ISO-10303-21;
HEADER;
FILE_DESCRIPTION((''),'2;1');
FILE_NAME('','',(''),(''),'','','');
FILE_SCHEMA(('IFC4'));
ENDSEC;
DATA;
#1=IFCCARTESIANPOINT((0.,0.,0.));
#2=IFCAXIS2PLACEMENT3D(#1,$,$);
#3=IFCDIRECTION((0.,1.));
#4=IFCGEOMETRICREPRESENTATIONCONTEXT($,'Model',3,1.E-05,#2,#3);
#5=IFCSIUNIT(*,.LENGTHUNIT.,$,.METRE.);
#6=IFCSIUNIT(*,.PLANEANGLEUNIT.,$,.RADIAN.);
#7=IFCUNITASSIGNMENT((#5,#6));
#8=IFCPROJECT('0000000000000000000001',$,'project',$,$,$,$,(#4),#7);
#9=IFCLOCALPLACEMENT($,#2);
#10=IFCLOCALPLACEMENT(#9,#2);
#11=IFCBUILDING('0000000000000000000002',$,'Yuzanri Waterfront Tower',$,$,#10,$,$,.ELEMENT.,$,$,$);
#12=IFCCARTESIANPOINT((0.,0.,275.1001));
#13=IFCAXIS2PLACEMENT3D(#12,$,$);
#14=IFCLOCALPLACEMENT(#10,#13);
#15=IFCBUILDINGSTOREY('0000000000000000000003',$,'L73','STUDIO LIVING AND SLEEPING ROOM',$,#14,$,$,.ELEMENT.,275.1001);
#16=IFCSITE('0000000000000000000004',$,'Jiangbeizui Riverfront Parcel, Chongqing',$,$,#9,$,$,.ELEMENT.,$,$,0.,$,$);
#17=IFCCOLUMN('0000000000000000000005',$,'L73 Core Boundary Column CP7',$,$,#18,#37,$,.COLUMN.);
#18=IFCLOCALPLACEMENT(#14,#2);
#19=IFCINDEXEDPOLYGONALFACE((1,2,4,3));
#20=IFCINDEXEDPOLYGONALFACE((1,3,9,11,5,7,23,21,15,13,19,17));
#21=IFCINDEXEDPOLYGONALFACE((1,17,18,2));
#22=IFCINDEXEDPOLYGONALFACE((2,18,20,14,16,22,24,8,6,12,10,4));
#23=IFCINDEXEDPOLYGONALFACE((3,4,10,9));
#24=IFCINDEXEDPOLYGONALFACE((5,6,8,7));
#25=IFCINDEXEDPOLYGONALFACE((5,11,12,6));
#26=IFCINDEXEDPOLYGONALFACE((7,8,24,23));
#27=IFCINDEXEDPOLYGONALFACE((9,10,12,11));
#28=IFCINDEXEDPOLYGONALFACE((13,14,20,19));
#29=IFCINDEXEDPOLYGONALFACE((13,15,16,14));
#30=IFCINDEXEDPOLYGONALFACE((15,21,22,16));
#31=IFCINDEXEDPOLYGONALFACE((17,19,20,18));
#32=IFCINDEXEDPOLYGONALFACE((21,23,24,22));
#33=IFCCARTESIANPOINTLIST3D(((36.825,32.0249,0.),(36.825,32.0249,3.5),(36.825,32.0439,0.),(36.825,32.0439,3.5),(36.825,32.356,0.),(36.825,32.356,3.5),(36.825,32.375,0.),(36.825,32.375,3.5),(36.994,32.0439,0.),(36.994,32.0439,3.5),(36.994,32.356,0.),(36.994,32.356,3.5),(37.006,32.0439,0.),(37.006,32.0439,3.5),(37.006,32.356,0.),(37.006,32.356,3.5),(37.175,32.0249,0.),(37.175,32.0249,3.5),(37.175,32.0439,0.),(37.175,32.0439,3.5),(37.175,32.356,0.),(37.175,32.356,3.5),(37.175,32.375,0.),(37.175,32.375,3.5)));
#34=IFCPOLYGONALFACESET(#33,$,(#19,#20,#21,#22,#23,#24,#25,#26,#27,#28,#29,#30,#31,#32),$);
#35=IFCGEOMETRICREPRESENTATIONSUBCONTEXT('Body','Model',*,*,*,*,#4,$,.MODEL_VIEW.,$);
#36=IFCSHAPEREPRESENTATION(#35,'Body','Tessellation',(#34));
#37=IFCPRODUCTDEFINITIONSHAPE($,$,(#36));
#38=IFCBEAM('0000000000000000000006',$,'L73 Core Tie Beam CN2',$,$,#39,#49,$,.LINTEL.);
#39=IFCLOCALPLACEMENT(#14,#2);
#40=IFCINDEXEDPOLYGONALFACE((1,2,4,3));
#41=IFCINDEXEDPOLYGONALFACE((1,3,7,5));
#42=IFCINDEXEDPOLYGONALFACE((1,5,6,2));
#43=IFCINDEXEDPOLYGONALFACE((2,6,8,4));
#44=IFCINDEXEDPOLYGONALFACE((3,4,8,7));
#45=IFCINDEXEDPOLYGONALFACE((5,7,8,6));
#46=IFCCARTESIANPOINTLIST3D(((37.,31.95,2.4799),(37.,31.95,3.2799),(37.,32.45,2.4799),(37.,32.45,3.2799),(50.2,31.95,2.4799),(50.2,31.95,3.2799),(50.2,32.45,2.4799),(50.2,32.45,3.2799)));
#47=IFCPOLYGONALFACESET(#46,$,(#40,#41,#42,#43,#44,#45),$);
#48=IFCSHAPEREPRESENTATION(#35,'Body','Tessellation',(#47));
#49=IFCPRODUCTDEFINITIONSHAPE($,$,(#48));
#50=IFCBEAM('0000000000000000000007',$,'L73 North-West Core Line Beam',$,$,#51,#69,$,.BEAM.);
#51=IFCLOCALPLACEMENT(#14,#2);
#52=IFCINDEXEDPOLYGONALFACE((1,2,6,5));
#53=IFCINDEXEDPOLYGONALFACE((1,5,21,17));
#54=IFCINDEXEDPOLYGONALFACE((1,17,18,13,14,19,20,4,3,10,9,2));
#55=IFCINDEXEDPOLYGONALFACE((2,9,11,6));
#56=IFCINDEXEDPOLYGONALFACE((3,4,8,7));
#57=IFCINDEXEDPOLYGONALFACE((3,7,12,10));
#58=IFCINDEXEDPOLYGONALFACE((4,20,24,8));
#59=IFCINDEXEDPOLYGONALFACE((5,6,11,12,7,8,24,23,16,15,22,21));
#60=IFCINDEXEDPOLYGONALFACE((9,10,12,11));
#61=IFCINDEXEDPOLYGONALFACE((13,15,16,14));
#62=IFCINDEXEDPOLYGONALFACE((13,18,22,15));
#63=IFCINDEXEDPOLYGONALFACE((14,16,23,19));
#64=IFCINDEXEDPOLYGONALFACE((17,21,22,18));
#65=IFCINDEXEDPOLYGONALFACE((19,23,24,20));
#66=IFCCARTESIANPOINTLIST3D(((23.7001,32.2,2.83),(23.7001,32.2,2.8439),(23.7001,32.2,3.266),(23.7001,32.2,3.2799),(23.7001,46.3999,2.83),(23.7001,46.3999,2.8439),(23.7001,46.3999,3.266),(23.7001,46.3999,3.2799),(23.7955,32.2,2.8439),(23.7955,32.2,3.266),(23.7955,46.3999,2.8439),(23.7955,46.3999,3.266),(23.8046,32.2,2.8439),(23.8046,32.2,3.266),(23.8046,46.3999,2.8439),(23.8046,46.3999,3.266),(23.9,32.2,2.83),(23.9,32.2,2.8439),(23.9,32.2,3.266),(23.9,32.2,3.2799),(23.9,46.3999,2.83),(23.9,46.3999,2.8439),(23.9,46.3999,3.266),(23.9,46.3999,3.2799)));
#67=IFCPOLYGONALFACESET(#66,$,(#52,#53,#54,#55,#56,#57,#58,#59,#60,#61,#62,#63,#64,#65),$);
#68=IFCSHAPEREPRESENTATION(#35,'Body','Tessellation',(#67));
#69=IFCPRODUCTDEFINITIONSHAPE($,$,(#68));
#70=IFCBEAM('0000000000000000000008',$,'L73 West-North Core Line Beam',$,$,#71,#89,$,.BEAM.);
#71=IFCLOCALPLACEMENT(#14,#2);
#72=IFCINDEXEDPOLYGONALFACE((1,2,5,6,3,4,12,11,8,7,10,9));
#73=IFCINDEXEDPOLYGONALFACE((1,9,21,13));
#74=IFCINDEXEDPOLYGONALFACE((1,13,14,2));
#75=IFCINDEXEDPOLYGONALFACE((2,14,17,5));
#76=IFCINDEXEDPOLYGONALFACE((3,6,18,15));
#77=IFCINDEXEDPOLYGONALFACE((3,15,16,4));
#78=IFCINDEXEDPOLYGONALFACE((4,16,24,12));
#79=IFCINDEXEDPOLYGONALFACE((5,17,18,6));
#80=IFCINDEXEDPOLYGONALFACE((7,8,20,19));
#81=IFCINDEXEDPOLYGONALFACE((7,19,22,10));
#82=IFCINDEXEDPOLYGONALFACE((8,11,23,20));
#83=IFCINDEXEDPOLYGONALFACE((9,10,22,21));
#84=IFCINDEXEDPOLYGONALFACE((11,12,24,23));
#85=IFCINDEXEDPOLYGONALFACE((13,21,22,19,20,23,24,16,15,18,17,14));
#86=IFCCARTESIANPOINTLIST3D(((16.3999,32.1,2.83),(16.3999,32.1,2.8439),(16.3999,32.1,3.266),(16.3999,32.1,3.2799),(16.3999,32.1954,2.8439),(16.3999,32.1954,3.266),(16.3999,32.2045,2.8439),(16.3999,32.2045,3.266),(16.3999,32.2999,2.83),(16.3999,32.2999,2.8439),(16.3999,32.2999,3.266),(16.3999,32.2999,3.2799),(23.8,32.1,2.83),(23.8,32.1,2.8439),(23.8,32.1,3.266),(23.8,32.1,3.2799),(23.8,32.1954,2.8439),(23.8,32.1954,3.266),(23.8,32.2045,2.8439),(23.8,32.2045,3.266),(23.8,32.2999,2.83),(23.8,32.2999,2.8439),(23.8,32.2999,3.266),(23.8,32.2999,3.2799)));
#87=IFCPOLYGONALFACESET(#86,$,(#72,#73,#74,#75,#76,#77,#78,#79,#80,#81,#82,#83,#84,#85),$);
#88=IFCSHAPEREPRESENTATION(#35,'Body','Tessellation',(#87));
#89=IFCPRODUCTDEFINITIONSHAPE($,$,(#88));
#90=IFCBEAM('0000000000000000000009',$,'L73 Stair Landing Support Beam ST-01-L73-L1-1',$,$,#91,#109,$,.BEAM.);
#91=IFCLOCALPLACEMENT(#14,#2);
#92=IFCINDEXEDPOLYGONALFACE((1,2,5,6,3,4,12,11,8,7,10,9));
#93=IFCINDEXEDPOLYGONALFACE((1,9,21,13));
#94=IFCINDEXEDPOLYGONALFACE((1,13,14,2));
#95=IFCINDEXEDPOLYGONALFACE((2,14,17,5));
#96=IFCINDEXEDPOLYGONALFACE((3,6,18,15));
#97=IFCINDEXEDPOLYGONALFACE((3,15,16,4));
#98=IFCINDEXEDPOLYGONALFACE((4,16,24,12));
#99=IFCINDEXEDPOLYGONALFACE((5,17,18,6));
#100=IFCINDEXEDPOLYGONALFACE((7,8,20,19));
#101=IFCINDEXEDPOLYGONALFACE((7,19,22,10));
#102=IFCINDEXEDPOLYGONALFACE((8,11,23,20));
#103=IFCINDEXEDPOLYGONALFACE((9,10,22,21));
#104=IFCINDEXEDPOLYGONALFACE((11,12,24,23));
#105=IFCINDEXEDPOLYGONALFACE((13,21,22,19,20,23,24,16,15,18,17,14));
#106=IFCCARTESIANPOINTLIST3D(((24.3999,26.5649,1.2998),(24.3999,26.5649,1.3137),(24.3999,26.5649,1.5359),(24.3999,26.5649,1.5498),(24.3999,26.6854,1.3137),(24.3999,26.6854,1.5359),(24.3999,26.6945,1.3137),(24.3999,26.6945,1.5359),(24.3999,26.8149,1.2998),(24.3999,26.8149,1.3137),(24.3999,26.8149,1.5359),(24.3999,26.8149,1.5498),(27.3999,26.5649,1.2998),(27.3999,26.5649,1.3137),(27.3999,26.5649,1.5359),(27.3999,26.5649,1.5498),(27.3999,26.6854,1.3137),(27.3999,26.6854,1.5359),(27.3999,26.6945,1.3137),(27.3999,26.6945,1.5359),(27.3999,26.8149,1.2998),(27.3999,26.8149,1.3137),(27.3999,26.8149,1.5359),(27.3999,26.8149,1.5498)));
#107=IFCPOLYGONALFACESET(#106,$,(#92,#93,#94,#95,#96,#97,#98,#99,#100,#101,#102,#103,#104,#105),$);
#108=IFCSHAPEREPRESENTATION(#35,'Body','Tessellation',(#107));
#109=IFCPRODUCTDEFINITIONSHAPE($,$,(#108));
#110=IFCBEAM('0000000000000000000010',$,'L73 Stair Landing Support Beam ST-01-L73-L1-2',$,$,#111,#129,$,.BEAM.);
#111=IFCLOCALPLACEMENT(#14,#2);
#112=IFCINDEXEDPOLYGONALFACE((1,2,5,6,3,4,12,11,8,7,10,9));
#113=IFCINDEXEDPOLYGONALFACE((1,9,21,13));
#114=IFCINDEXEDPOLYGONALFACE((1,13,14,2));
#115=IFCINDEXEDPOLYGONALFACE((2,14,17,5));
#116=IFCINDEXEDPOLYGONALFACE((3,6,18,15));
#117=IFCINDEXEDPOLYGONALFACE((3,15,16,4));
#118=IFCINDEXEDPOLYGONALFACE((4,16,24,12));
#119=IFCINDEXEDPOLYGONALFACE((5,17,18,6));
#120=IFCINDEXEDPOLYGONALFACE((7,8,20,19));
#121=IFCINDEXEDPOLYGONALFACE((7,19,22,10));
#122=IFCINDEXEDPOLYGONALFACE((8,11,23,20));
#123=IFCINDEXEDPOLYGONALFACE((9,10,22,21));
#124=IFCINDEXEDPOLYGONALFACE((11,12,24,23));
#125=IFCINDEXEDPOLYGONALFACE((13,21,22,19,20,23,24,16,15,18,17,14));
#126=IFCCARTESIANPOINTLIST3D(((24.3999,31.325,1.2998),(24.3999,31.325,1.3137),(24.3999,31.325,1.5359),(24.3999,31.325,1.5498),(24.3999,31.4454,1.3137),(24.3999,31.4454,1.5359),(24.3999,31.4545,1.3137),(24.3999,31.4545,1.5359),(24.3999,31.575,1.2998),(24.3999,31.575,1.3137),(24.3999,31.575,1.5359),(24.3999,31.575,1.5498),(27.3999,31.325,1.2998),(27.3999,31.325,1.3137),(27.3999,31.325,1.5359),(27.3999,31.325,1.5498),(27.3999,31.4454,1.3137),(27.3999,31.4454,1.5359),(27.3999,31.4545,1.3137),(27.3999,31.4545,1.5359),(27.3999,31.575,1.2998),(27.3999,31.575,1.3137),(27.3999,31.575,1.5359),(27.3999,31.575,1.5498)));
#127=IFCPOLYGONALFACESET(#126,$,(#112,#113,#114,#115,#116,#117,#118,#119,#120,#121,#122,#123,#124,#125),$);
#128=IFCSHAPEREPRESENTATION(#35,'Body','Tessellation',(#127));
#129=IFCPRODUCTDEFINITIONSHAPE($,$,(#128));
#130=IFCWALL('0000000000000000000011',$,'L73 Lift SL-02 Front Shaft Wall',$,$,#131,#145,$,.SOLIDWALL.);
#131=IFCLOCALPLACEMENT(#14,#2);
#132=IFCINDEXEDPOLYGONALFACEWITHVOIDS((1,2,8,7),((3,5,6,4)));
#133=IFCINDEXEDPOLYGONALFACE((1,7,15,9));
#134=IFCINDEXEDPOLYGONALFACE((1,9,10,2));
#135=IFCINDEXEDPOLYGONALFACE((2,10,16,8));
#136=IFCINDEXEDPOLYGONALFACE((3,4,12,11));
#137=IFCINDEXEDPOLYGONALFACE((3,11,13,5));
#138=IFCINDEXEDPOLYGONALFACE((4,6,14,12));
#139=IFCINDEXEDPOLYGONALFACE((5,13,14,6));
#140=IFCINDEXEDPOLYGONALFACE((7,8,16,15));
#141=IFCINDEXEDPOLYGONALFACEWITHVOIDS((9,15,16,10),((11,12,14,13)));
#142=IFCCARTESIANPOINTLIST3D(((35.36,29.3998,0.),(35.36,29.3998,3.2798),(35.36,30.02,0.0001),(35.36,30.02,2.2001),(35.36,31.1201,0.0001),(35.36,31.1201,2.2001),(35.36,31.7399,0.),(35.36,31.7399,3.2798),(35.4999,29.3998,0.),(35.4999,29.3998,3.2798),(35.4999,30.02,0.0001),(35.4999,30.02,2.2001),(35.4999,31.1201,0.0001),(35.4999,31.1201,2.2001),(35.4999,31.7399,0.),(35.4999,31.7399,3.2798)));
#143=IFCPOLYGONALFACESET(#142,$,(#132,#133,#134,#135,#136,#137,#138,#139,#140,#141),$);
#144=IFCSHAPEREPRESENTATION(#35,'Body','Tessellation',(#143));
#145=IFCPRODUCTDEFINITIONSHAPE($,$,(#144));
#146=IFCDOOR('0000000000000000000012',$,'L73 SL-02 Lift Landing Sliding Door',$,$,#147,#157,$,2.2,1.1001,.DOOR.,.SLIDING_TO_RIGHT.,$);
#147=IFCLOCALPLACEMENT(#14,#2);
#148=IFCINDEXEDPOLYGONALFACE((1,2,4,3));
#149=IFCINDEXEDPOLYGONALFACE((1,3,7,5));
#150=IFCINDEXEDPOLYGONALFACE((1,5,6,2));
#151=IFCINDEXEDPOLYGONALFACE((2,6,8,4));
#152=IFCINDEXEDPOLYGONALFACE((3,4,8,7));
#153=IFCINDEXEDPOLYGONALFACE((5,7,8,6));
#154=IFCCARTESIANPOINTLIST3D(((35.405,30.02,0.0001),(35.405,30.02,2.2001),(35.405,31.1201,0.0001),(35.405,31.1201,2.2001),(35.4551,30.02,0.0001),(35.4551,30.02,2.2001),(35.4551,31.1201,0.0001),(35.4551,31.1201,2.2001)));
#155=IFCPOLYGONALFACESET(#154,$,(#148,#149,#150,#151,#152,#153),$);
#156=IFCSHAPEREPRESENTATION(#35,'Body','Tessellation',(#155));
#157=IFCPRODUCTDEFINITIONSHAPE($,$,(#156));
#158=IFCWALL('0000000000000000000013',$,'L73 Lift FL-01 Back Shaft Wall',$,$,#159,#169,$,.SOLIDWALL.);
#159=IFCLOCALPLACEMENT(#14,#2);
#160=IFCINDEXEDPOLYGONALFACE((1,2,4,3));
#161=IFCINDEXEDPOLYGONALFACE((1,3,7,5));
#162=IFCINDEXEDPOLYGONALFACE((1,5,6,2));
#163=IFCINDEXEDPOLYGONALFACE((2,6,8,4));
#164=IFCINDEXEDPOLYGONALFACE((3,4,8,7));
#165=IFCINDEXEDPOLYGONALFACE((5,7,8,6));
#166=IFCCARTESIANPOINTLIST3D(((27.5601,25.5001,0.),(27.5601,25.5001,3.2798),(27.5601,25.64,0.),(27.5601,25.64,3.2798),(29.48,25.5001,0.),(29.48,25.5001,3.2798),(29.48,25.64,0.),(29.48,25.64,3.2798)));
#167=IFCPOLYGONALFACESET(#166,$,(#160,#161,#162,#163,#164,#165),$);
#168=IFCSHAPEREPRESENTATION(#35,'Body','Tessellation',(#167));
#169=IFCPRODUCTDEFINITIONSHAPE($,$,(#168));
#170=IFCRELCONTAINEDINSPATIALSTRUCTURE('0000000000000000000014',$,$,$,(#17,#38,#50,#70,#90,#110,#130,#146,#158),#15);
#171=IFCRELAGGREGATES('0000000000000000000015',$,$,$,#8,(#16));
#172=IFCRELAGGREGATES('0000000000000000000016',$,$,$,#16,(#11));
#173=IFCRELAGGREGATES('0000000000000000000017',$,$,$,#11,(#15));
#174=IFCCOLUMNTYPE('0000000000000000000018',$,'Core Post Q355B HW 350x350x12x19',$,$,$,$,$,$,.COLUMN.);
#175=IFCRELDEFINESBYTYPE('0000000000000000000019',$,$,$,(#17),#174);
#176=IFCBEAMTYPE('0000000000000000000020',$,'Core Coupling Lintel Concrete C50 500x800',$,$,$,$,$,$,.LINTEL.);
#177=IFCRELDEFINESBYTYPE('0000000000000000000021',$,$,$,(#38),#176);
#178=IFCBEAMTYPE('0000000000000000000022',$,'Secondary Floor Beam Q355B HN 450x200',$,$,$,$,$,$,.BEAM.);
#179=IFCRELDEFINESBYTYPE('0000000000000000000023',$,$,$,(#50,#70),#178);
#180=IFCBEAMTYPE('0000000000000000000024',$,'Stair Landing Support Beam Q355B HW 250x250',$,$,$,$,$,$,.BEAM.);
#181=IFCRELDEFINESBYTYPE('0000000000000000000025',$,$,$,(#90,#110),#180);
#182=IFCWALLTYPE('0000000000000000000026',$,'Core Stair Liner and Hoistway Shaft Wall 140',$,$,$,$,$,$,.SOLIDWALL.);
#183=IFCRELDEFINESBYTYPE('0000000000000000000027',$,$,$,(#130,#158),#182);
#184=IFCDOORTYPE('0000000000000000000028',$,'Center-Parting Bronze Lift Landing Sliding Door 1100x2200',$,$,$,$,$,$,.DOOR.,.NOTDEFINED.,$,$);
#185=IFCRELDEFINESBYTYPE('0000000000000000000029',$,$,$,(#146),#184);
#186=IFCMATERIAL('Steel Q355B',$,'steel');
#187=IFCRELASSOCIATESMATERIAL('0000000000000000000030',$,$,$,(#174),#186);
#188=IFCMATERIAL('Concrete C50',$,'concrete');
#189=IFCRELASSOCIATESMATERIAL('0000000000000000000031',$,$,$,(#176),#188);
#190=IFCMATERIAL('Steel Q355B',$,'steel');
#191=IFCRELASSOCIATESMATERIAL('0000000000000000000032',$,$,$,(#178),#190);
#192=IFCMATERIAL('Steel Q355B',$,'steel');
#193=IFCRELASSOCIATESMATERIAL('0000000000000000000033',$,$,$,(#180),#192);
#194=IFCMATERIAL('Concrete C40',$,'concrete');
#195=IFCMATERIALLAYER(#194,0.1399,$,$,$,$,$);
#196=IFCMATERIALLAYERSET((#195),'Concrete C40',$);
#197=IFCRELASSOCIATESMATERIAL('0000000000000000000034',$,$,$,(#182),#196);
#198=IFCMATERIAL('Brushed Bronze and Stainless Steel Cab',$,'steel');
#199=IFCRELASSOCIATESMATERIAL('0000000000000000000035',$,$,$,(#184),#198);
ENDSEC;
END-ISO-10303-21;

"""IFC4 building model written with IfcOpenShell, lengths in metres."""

from ifc_helpers import new_model, si_unit, direction, frame, frame_2d, origin, origin_2d, place, context, subcontext, project, spatial, rectangle, i_section, extrude, source, transform, mapped, material, layer, layer_set, material_profile, profile_set, type_object, element, fill, save


model = new_model("IFC4")

# Units and contexts
model_context = context("Model", 3, precision=1e-05, world=origin(), true_north=direction((0.0, 1.0)))
body_context = subcontext(model_context, "Body", "Model", "MODEL_VIEW")
ifc_project = project(units=[si_unit("LENGTHUNIT", "METRE"), si_unit("PLANEANGLEUNIT", "RADIAN")], contexts=[model_context])

# Site, building, storey
site_placement = place(None, origin())
site = spatial("IfcSite", under=ifc_project, at=site_placement, Name="Jiangbeizui Riverfront Parcel, Chongqing", CompositionType="ELEMENT", RefElevation=0.0)
building_placement = place(site_placement, origin())
building = spatial("IfcBuilding", under=site, at=building_placement, Name="Yuzanri Waterfront Tower", CompositionType="ELEMENT")
storey_placement = place(building_placement, frame((0.0, 0.0, 275.1001)))
storey = spatial("IfcBuildingStorey", under=building, at=storey_placement, Name="L73", Description="STUDIO LIVING AND SLEEPING ROOM", CompositionType="ELEMENT", Elevation=275.1001)

# Column
ifc_material_1 = material(Name="Steel Q355B", Category="steel")
ifc_material_profile_1 = material_profile(ifc_material_1, i_section(OverallWidth=0.3501, OverallDepth=0.3501, WebThickness=0.012, FlangeThickness=0.019, at=origin_2d()), Name="HW 350x350x12x19")
ifc_profile_set_1 = profile_set([ifc_material_profile_1], Name="Steel Q355B")
column_type = type_object("IfcColumnType", Name="Core Post Q355B HW 350x350x12x19", PredefinedType="COLUMN", material=ifc_profile_set_1)
shared_shape_1 = source(origin(), body_context, "Body", "SweptSolid", [
    extrude(i_section(OverallWidth=0.3501, OverallDepth=0.3501, WebThickness=0.012, FlangeThickness=0.019, at=origin_2d()), origin(), (0.0, 0.0, 1.0), 3.5),
])
column_placement = place(storey_placement, frame((37.0, 32.2, 0.0), z_axis=(0.0, 0.0, 1.0), x_axis=(1.0, 0.0, 0.0)))
element("IfcColumn", 1, at=column_placement, inside=storey, type_object=column_type, Name="L73 Core Boundary Column CP7", PredefinedType="COLUMN", context=body_context, shape_type="MappedRepresentation", body=[
    mapped(shared_shape_1, transform((0.0, 0.0, 0.0), scale=1.0)),
])

# Beams
ifc_material_2 = material(Name="Concrete C50", Category="concrete")
ifc_material_profile_2 = material_profile(ifc_material_2, rectangle(XDim=0.5, YDim=0.8, at=origin_2d()), Name="RC 500x800")
ifc_profile_set_2 = profile_set([ifc_material_profile_2], Name="Concrete C50")
beam_type_1 = type_object("IfcBeamType", Name="Core Coupling Lintel Concrete C50 500x800", PredefinedType="LINTEL", material=ifc_profile_set_2)
shared_shape_2 = source(origin(), body_context, "Body", "SweptSolid", [
    extrude(rectangle(XDim=0.5, YDim=0.8, at=origin_2d()), origin(), (0.0, 0.0, 1.0), 13.2),
])
beam_1_placement = place(storey_placement, frame((37.0, 32.2, 2.8799), z_axis=(1.0, 0.0, 0.0), x_axis=(0.0, 1.0, 0.0)))
element("IfcBeam", 2, at=beam_1_placement, inside=storey, type_object=beam_type_1, Name="L73 Core Tie Beam CN2", PredefinedType="LINTEL", context=body_context, shape_type="MappedRepresentation", body=[
    mapped(shared_shape_2, transform((0.0, 0.0, 0.0), scale=1.0)),
])
ifc_material_3 = material(Name="Steel Q355B", Category="steel")
ifc_material_profile_3 = material_profile(ifc_material_3, i_section(OverallWidth=0.2, OverallDepth=0.45, WebThickness=0.009, FlangeThickness=0.0139, at=origin_2d()), Name="HN 450x200x9x14")
ifc_profile_set_3 = profile_set([ifc_material_profile_3], Name="Steel Q355B")
beam_type_2 = type_object("IfcBeamType", Name="Secondary Floor Beam Q355B HN 450x200", PredefinedType="BEAM", material=ifc_profile_set_3)
shared_shape_3 = source(origin(), body_context, "Body", "SweptSolid", [
    extrude(i_section(OverallWidth=0.2, OverallDepth=0.45, WebThickness=0.009, FlangeThickness=0.0139, at=origin_2d()), origin(), (0.0, 0.0, 1.0), 14.2),
])
beam_2_placement = place(storey_placement, frame((23.8, 32.2, 3.0549), z_axis=(0.0, 1.0, 0.0), x_axis=(-1.0, 0.0, 0.0)))
element("IfcBeam", 3, at=beam_2_placement, inside=storey, type_object=beam_type_2, Name="L73 North-West Core Line Beam", PredefinedType="BEAM", context=body_context, shape_type="MappedRepresentation", body=[
    mapped(shared_shape_3, transform((0.0, 0.0, 0.0), scale=1.0)),
])
shared_shape_4 = source(origin(), body_context, "Body", "SweptSolid", [
    extrude(i_section(OverallWidth=0.2, OverallDepth=0.45, WebThickness=0.009, FlangeThickness=0.0139, at=origin_2d()), origin(), (0.0, 0.0, 1.0), 7.4001),
])
beam_3_placement = place(storey_placement, frame((23.8, 32.2, 3.0549), z_axis=(-1.0, 0.0, 0.0), x_axis=(0.0, -1.0, 0.0)))
element("IfcBeam", 4, at=beam_3_placement, inside=storey, type_object=beam_type_2, Name="L73 West-North Core Line Beam", PredefinedType="BEAM", context=body_context, shape_type="MappedRepresentation", body=[
    mapped(shared_shape_4, transform((0.0, 0.0, 0.0), scale=1.0)),
])
ifc_material_4 = material(Name="Steel Q355B", Category="steel")
ifc_material_profile_4 = material_profile(ifc_material_4, i_section(OverallWidth=0.25, OverallDepth=0.25, WebThickness=0.009, FlangeThickness=0.0139, at=origin_2d()), Name="HW 250x250x9x14")
ifc_profile_set_4 = profile_set([ifc_material_profile_4], Name="Steel Q355B")
beam_type_3 = type_object("IfcBeamType", Name="Stair Landing Support Beam Q355B HW 250x250", PredefinedType="BEAM", material=ifc_profile_set_4)
shared_shape_5 = source(origin(), body_context, "Body", "SweptSolid", [
    extrude(i_section(OverallWidth=0.25, OverallDepth=0.25, WebThickness=0.009, FlangeThickness=0.0139, at=origin_2d()), origin(), (0.0, 0.0, 1.0), 3.0),
])
for number, where, z_axis, x_axis, name in (
    (5, (24.3999, 26.6899, 1.4248), (1.0, 0.0, 0.0), (0.0, 1.0, 0.0), "L73 Stair Landing Support Beam ST-01-L73-L1-1"),
    (6, (24.3999, 31.45, 1.4248), (1.0, 0.0, 0.0), (0.0, 1.0, 0.0), "L73 Stair Landing Support Beam ST-01-L73-L1-2"),
):
    element("IfcBeam", number, at=place(storey_placement, frame(where, z_axis=z_axis, x_axis=x_axis)), inside=storey, type_object=beam_type_3, Name=name, PredefinedType="BEAM", context=body_context, shape_type="MappedRepresentation", body=[
        mapped(shared_shape_5, transform((0.0, 0.0, 0.0), scale=1.0)),
    ])

# Wall, opening, door
ifc_material_5 = material(Name="Concrete C40", Category="concrete")
ifc_layer_1 = layer(ifc_material_5, 0.1399)
ifc_layer_set_1 = layer_set([ifc_layer_1], Name="Concrete C40")
wall_type_1 = type_object("IfcWallType", Name="Core Stair Liner and Hoistway Shaft Wall 140", PredefinedType="SOLIDWALL", material=ifc_layer_set_1)
wall_1_placement = place(storey_placement, frame((35.4299, 29.3999, 0.0), z_axis=(0.0, 0.0, 1.0), x_axis=(0.0, 1.0, 0.0)))
wall_1 = element("IfcWall", 7, at=wall_1_placement, inside=storey, type_object=wall_type_1, Name="L73 Lift SL-02 Front Shaft Wall", PredefinedType="SOLIDWALL", context=body_context, shape_type="SweptSolid", body=[
    extrude(rectangle(XDim=2.3401, YDim=0.1399, at=frame_2d((1.1699, 0.0))), origin(), (0.0, 0.0, 1.0), 3.2798),
])
opening_1_placement = place(wall_1_placement, frame((0.6201, 0.0, 0.0)))
opening_1 = element("IfcOpeningElement", 8, at=opening_1_placement, cuts=wall_1, PredefinedType="OPENING", context=body_context, shape_type="SweptSolid", body=[
    extrude(rectangle(XDim=1.1001, YDim=2.2, at=frame_2d((0.55, 1.1001))), frame((0.0, 0.085, 0.0), z_axis=(0.0, -1.0, 0.0), x_axis=(1.0, 0.0, 0.0)), (0.0, 0.0, 1.0), 0.1697),
])
ifc_material_6 = material(Name="Brushed Bronze and Stainless Steel Cab", Category="steel")
door_type_1 = type_object("IfcDoorType", Name="Center-Parting Bronze Lift Landing Sliding Door 1100x2200", OperationType="NOTDEFINED", PredefinedType="DOOR", material=ifc_material_6)
shared_shape_6 = source(origin(), body_context, "Body", "SweptSolid", [
    extrude(rectangle(XDim=1.1001, YDim=2.2, at=frame_2d((0.55, 1.1001))), frame((0.0, 0.0249, 0.0), z_axis=(0.0, -1.0, 0.0), x_axis=(1.0, 0.0, 0.0)), (0.0, 0.0, 1.0), 0.05),
])
door_1_placement = place(opening_1_placement, origin())
door_1 = element("IfcDoor", 9, at=door_1_placement, inside=storey, type_object=door_type_1, Name="L73 SL-02 Lift Landing Sliding Door", OperationType="SLIDING_TO_RIGHT", OverallHeight=2.2, OverallWidth=1.1001, PredefinedType="DOOR", context=body_context, shape_type="MappedRepresentation", body=[
    mapped(shared_shape_6, transform((0.0, 0.0, 0.0), scale=1.0)),
])
fill(opening_1, door_1)

# Wall
shared_shape_7 = source(origin(), body_context, "Body", "SweptSolid", [
    extrude(rectangle(XDim=1.9199, YDim=0.1399, at=frame_2d((0.96, 0.0))), origin(), (0.0, 0.0, 1.0), 3.2798),
])
wall_2_placement = place(storey_placement, frame((27.5601, 25.5701, 0.0), z_axis=(0.0, 0.0, 1.0), x_axis=(1.0, 0.0, 0.0)))
element("IfcWall", 10, at=wall_2_placement, inside=storey, type_object=wall_type_1, Name="L73 Lift FL-01 Back Shaft Wall", PredefinedType="SOLIDWALL", context=body_context, shape_type="MappedRepresentation", body=[
    mapped(shared_shape_7, transform((0.0, 0.0, 0.0), scale=1.0)),
])

save(model, "model.ifc")
